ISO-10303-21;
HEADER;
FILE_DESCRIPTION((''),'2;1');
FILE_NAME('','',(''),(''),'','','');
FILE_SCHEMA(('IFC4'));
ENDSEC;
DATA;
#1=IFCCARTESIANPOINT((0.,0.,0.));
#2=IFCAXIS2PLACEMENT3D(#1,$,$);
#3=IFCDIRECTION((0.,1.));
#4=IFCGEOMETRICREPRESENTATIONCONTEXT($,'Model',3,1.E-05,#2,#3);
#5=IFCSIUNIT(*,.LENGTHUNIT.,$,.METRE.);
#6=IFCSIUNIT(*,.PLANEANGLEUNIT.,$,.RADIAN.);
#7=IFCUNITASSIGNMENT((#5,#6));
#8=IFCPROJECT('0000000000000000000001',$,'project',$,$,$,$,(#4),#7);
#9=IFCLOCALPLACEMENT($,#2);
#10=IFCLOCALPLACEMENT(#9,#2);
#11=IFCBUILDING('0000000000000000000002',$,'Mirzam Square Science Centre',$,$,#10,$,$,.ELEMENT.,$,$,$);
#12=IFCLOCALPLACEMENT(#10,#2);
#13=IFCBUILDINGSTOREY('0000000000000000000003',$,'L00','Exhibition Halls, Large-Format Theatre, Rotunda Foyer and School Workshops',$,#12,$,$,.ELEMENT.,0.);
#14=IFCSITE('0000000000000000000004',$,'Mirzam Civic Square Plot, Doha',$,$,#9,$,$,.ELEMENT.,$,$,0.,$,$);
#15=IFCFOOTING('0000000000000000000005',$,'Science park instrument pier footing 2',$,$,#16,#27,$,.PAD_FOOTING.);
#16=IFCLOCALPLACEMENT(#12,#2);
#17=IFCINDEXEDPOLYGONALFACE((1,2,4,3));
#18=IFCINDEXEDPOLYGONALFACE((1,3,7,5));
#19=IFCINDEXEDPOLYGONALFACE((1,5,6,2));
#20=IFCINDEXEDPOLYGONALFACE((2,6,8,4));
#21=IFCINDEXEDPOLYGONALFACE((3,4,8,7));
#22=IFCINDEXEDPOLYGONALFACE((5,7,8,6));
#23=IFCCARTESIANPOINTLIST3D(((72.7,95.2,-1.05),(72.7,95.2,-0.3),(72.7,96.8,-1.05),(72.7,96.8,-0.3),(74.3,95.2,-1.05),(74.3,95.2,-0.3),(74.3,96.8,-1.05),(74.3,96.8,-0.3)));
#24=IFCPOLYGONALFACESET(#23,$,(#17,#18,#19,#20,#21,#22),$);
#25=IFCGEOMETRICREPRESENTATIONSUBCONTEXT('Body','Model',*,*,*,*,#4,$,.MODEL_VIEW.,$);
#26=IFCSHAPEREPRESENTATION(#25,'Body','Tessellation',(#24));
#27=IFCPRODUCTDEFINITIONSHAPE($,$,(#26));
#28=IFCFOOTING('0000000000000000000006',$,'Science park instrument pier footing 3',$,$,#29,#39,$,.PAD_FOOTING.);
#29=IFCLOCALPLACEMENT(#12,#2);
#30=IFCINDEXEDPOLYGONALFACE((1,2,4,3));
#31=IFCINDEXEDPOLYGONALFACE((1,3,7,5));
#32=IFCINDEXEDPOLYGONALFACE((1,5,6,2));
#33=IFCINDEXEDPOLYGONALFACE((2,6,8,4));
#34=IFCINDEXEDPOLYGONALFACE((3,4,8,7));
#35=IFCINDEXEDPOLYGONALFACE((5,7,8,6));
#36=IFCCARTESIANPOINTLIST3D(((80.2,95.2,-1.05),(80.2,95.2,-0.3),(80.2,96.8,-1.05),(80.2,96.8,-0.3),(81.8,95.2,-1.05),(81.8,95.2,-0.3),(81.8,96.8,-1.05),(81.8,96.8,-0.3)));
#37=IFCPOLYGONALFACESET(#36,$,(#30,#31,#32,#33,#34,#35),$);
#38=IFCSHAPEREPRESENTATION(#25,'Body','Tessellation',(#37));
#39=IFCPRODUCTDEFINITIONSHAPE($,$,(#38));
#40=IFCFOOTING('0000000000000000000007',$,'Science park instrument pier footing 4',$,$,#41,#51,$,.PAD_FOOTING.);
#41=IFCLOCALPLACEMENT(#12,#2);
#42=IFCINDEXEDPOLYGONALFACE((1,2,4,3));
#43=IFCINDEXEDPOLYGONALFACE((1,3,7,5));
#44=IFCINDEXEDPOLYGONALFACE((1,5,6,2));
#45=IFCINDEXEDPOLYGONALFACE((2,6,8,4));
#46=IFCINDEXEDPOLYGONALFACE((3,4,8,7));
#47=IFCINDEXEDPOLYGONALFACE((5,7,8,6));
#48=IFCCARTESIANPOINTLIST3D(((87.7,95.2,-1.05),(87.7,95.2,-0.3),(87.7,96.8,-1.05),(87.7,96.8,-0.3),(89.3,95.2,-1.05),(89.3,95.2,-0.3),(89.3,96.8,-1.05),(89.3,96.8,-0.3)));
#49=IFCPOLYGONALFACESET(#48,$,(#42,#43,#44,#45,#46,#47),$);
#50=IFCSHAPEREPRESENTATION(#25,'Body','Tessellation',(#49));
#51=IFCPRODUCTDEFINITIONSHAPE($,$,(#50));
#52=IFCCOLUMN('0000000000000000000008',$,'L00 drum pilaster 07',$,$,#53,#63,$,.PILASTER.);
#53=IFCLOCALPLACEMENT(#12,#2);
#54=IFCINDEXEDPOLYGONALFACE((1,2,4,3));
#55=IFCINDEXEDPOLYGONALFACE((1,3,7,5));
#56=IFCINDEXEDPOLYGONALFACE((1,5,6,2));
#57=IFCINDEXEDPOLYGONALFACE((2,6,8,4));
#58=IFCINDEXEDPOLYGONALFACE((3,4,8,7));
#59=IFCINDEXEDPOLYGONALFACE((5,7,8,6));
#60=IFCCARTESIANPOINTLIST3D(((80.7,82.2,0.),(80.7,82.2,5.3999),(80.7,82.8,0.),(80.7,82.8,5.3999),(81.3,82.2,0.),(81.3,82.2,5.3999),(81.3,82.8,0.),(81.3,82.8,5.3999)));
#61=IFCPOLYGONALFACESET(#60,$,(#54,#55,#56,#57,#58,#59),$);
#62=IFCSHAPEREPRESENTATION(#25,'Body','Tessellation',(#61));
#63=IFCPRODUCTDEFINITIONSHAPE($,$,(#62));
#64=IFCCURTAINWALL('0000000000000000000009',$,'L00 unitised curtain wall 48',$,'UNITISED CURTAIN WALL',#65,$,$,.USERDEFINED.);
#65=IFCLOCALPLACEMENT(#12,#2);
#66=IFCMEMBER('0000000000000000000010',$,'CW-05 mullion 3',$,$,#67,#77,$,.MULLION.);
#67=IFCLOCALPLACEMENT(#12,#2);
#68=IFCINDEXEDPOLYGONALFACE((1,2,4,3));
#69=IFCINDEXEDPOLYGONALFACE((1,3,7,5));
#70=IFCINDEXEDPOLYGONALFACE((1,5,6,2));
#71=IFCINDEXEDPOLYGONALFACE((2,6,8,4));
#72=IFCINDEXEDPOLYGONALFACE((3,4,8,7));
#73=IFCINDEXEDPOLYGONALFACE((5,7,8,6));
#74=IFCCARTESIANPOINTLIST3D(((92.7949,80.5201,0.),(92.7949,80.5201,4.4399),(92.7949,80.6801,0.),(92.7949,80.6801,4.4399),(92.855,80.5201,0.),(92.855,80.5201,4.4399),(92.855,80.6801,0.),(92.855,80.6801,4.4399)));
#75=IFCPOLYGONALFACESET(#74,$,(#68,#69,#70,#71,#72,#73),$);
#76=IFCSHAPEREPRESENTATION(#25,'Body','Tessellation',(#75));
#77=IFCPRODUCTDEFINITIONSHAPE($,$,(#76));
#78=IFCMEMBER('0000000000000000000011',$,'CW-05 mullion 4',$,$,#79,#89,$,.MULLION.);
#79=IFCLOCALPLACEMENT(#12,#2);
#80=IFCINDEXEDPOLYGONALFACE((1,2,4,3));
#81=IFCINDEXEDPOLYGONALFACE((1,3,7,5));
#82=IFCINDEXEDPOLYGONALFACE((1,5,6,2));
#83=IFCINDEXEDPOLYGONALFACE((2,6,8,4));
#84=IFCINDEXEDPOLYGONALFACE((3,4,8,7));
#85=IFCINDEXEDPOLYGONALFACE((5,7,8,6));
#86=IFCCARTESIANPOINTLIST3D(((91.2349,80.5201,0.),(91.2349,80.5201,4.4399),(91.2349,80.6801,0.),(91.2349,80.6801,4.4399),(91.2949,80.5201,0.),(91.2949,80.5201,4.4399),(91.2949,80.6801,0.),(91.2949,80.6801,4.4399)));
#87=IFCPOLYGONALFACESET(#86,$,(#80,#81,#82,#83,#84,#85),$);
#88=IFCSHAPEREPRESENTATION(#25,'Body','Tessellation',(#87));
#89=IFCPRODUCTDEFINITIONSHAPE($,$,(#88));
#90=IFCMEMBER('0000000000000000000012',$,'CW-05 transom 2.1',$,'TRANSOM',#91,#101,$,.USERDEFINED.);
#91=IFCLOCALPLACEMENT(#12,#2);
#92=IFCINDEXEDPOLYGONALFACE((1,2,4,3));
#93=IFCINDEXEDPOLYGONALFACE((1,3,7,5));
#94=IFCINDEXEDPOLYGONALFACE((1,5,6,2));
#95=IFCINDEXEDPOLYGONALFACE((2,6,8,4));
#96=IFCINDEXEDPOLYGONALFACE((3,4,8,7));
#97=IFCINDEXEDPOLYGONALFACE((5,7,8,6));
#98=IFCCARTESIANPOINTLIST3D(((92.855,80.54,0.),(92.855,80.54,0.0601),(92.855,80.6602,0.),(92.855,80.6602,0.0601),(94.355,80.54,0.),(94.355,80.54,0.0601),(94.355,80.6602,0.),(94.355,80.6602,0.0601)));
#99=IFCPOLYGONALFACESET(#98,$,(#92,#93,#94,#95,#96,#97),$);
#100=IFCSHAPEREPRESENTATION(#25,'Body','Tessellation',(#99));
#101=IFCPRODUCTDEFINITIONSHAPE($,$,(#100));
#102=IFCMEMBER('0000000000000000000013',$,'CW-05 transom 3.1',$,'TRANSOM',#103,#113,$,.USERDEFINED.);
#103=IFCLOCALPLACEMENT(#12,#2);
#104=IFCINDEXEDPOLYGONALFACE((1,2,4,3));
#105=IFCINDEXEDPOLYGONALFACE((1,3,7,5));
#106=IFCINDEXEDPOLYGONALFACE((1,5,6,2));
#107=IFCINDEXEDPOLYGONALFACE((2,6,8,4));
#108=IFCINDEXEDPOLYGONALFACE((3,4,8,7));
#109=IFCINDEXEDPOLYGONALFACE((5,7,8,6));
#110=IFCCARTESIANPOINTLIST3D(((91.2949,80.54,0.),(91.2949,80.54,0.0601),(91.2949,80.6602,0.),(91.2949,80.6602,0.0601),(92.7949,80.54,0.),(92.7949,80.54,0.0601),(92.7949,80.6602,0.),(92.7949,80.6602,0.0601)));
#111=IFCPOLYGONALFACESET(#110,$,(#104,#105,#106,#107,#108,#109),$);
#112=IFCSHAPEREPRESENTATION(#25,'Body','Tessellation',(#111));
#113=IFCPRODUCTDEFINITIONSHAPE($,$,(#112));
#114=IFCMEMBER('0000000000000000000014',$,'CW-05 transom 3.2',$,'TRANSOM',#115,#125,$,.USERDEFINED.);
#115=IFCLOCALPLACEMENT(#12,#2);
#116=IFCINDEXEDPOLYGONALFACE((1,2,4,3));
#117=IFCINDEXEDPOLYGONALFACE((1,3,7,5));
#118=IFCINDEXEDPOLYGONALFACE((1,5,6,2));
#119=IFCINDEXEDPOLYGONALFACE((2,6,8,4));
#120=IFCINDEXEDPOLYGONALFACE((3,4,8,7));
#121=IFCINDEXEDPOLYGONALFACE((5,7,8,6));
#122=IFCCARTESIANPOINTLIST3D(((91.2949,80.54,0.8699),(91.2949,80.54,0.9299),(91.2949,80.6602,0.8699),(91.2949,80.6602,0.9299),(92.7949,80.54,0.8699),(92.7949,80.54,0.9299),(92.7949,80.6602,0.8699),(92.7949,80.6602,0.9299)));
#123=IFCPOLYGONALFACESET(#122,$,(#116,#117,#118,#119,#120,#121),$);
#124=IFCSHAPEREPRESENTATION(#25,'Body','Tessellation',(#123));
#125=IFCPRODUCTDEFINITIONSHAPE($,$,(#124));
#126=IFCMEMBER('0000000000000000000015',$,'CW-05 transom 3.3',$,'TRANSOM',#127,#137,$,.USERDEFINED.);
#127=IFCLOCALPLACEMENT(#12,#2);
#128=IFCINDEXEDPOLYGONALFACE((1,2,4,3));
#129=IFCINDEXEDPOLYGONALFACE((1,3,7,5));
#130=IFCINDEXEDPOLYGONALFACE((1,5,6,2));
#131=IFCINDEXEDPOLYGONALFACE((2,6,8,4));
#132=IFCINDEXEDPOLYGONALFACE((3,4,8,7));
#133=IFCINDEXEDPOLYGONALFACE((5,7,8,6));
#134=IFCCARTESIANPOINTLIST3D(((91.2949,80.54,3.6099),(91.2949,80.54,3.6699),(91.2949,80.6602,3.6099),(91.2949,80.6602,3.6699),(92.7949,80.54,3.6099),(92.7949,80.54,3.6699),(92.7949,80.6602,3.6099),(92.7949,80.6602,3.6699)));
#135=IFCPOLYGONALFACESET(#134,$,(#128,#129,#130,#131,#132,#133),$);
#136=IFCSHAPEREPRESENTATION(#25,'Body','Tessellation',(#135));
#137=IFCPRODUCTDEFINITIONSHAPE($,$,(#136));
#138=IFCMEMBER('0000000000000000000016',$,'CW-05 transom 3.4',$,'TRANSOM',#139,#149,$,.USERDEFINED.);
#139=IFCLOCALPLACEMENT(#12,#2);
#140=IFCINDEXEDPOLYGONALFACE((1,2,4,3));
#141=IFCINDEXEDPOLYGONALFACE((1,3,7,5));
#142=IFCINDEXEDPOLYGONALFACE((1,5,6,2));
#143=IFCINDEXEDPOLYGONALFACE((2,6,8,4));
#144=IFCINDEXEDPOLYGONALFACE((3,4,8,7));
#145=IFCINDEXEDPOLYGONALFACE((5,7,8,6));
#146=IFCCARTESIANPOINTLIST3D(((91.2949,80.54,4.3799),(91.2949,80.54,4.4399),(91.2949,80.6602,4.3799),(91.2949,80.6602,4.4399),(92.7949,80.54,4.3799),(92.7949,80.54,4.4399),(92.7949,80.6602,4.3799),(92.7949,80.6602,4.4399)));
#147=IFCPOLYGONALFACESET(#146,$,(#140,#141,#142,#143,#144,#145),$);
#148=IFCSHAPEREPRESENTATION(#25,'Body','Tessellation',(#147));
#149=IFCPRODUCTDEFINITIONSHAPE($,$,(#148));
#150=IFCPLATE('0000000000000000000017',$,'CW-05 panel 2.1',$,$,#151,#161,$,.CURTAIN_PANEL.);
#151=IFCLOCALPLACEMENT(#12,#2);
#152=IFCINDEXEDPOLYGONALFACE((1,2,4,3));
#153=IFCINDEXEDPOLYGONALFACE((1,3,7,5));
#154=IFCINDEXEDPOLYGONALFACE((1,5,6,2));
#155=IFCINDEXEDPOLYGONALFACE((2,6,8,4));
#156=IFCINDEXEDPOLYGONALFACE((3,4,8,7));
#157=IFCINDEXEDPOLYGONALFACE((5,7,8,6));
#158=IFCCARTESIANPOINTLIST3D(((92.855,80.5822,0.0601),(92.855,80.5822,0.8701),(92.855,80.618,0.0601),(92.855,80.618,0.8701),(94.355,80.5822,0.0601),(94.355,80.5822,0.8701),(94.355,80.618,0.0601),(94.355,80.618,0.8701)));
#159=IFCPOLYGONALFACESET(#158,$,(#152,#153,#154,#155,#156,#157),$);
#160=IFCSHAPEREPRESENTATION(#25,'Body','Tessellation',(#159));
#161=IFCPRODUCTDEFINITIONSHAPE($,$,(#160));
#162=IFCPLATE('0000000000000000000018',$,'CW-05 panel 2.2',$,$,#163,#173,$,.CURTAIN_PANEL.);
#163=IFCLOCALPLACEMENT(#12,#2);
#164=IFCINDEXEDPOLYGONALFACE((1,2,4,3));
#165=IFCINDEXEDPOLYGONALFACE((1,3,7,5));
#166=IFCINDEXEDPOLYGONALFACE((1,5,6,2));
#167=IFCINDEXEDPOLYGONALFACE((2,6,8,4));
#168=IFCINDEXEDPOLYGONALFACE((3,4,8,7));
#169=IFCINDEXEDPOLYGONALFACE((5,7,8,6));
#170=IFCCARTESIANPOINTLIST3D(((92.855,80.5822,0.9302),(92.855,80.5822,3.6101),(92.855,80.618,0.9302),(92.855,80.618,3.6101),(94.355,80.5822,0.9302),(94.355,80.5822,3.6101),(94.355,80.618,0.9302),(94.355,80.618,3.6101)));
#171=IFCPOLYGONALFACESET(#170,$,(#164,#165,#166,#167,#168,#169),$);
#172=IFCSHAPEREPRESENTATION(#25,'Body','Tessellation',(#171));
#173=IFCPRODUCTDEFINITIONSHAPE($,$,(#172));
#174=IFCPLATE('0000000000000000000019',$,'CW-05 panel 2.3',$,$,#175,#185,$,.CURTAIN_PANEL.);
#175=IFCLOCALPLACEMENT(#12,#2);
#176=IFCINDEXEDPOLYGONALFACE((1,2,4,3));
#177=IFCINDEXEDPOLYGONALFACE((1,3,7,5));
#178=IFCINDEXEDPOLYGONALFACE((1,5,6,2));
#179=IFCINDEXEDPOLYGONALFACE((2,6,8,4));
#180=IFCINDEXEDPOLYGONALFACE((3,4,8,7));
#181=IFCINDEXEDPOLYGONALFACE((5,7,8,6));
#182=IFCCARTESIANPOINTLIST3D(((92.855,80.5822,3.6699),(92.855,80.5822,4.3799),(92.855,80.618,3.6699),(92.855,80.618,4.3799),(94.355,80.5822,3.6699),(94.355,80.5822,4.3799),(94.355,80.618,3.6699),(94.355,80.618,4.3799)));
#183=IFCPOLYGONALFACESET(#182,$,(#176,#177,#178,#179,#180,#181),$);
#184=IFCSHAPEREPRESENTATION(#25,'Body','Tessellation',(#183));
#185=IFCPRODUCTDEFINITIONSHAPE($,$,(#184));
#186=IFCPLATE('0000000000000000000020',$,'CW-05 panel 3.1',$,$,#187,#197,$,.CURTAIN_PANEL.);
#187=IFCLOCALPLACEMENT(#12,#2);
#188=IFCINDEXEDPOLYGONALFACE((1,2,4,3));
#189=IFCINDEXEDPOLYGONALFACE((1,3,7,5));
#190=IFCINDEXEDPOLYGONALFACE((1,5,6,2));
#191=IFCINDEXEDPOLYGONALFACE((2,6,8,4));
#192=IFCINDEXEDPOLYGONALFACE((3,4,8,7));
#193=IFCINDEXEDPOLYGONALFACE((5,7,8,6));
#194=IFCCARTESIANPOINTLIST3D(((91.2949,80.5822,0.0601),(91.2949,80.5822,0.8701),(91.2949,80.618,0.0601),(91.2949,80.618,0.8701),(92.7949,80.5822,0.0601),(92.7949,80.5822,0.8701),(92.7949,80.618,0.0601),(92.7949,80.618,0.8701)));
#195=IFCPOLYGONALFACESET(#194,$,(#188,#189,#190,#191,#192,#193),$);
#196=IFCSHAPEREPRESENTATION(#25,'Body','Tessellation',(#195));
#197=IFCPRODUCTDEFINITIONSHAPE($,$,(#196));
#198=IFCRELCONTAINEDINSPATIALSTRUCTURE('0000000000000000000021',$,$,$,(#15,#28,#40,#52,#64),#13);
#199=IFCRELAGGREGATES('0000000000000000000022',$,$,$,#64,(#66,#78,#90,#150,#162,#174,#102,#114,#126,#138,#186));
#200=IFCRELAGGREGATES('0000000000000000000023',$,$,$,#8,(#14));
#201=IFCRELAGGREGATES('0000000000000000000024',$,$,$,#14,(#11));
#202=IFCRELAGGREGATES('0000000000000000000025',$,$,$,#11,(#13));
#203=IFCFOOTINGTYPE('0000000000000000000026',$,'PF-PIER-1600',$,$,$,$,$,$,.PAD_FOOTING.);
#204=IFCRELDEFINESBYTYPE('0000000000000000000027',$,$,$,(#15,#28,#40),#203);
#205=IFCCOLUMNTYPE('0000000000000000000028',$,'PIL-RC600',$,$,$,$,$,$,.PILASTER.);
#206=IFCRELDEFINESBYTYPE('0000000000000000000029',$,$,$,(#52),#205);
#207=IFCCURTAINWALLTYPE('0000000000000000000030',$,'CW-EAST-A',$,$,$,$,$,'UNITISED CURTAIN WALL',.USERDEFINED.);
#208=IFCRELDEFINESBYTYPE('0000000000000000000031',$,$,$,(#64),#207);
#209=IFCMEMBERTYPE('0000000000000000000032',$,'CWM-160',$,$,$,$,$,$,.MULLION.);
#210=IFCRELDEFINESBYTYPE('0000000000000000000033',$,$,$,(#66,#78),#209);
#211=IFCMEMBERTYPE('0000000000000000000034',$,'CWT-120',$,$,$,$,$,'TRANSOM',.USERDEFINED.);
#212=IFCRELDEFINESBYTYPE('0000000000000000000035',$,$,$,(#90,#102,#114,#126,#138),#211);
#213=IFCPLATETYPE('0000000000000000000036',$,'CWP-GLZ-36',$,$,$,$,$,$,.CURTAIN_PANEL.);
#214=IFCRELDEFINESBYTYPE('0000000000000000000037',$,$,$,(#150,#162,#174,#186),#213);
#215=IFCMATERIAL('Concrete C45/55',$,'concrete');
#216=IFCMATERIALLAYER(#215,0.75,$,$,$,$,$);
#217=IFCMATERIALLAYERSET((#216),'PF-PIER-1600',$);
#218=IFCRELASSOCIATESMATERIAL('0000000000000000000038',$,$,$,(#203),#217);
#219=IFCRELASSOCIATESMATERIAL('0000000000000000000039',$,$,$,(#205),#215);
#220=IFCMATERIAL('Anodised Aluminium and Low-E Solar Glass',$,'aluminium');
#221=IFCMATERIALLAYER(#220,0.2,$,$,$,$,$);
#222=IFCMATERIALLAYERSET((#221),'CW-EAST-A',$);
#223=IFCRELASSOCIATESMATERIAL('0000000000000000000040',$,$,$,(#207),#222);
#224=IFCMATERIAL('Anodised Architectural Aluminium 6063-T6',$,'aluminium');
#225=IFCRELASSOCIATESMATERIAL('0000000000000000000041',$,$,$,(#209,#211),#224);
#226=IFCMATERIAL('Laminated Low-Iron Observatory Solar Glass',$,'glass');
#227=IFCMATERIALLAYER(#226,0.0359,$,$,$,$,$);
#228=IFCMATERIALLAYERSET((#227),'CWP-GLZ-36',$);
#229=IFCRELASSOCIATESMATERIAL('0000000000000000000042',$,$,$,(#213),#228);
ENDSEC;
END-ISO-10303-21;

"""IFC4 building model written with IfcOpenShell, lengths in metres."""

from ifc_helpers import new_model, si_unit, direction, frame, origin, origin_2d, place, context, subcontext, project, spatial, rectangle, extrude, material, layer, layer_set, material_profile, profile_set, type_object, element, aggregate, save


model = new_model("IFC4")

# Units and contexts
model_context = context("Model", 3, precision=1e-05, world=origin(), true_north=direction((0.0, 1.0)))
body_context = subcontext(model_context, "Body", "Model", "MODEL_VIEW")
ifc_project = project(units=[si_unit("LENGTHUNIT", "METRE"), si_unit("PLANEANGLEUNIT", "RADIAN")], contexts=[model_context])

# Site, building, storey
site_placement = place(None, origin())
site = spatial("IfcSite", under=ifc_project, at=site_placement, Name="Mirzam Civic Square Plot, Doha", CompositionType="ELEMENT", RefElevation=0.0)
building_placement = place(site_placement, origin())
building = spatial("IfcBuilding", under=site, at=building_placement, Name="Mirzam Square Science Centre", CompositionType="ELEMENT")
storey_placement = place(building_placement, origin())
storey = spatial("IfcBuildingStorey", under=building, at=storey_placement, Name="L00", Description="Exhibition Halls, Large-Format Theatre, Rotunda Foyer and School Workshops", CompositionType="ELEMENT", Elevation=0.0)

# Footings
ifc_material_1 = material(Name="Concrete C45/55", Category="concrete")
ifc_layer_1 = layer(ifc_material_1, 0.75)
ifc_layer_set_1 = layer_set([ifc_layer_1], Name="PF-PIER-1600")
footing_type = type_object("IfcFootingType", Name="PF-PIER-1600", PredefinedType="PAD_FOOTING", material=ifc_layer_set_1)
for number, where, z_axis, x_axis, name in (
    (1, (73.5, 96.0, -1.05), (0.0, 0.0, 1.0), (1.0, 0.0, 0.0), "Science park instrument pier footing 2"),
    (2, (81.0, 96.0, -1.05), (0.0, 0.0, 1.0), (1.0, 0.0, 0.0), "Science park instrument pier footing 3"),
    (3, (88.5, 96.0, -1.05), (0.0, 0.0, 1.0), (1.0, 0.0, 0.0), "Science park instrument pier footing 4"),
):
    element("IfcFooting", number, at=place(storey_placement, frame(where, z_axis=z_axis, x_axis=x_axis)), inside=storey, type_object=footing_type, Name=name, PredefinedType="PAD_FOOTING", context=body_context, shape_type="SweptSolid", body=[
        extrude(rectangle(XDim=1.6001, YDim=1.6001, at=origin_2d()), origin(), (0.0, 0.0, 1.0), 0.75),
    ])

# Column
ifc_material_profile_1 = material_profile(ifc_material_1, rectangle(XDim=0.6001, YDim=0.6001, at=origin_2d()), Name="RC600x600")
ifc_profile_set_1 = profile_set([ifc_material_profile_1], Name="Concrete C45/55")
column_type = type_object("IfcColumnType", Name="PIL-RC600", PredefinedType="PILASTER", material=ifc_profile_set_1)
column_placement = place(storey_placement, frame((81.0, 82.5, 0.0), z_axis=(0.0, 0.0, 1.0), x_axis=(1.0, 0.0, 0.0)))
element("IfcColumn", 4, at=column_placement, inside=storey, type_object=column_type, Name="L00 drum pilaster 07", PredefinedType="PILASTER", context=body_context, shape_type="SweptSolid", body=[
    extrude(rectangle(XDim=0.6001, YDim=0.6001, at=origin_2d()), origin(), (0.0, 0.0, 1.0), 5.3999),
])

# Curtain wall, members, plates
ifc_material_2 = material(Name="Anodised Aluminium and Low-E Solar Glass", Category="aluminium")
ifc_layer_2 = layer(ifc_material_2, 0.2)
ifc_layer_set_2 = layer_set([ifc_layer_2], Name="CW-EAST-A")
curtain_wall_type = type_object("IfcCurtainWallType", Name="CW-EAST-A", ElementType="UNITISED CURTAIN WALL", PredefinedType="USERDEFINED", material=ifc_layer_set_2)
curtain_wall_placement = place(storey_placement, origin())
curtain_wall = element("IfcCurtainWall", 5, at=curtain_wall_placement, inside=storey, type_object=curtain_wall_type, Name="L00 unitised curtain wall 48", ObjectType="UNITISED CURTAIN WALL", PredefinedType="USERDEFINED")
ifc_material_3 = material(Name="Anodised Architectural Aluminium 6063-T6", Category="aluminium")
ifc_material_profile_2 = material_profile(ifc_material_3, rectangle(XDim=0.0601, YDim=0.1599, at=origin_2d()), Name="ALU-MULL-160x60x4")
ifc_profile_set_2 = profile_set([ifc_material_profile_2], Name="Anodised Architectural Aluminium 6063-T6")
member_type_1 = type_object("IfcMemberType", Name="CWM-160", PredefinedType="MULLION", material=ifc_profile_set_2)
member_1_placement = place(storey_placement, frame((92.825, 80.6001, 0.0), z_axis=(0.0, 0.0, 1.0), x_axis=(-1.0, 0.0, 0.0)))
member_1 = element("IfcMember", 6, at=member_1_placement, type_object=member_type_1, Name="CW-05 mullion 3", PredefinedType="MULLION", context=body_context, shape_type="SweptSolid", body=[
    extrude(rectangle(XDim=0.0601, YDim=0.1599, at=origin_2d()), origin(), (0.0, 0.0, 1.0), 4.4399),
])
member_2_placement = place(storey_placement, frame((91.2649, 80.6001, 0.0), z_axis=(0.0, 0.0, 1.0), x_axis=(-1.0, 0.0, 0.0)))
member_2 = element("IfcMember", 7, at=member_2_placement, type_object=member_type_1, Name="CW-05 mullion 4", PredefinedType="MULLION", context=body_context, shape_type="SweptSolid", body=[
    extrude(rectangle(XDim=0.0601, YDim=0.1599, at=origin_2d()), origin(), (0.0, 0.0, 1.0), 4.4399),
])
ifc_material_profile_3 = material_profile(ifc_material_3, rectangle(XDim=0.1201, YDim=0.0601, at=origin_2d()), Name="ALU-TRAN-120x60x4")
ifc_profile_set_3 = profile_set([ifc_material_profile_3], Name="Anodised Architectural Aluminium 6063-T6")
member_type_2 = type_object("IfcMemberType", Name="CWT-120", ElementType="TRANSOM", PredefinedType="USERDEFINED", material=ifc_profile_set_3)
member_3_placement = place(storey_placement, frame((94.355, 80.6001, 0.03), z_axis=(-1.0, 0.0, 0.0), x_axis=(0.0, -1.0, 0.0)))
member_3 = element("IfcMember", 8, at=member_3_placement, type_object=member_type_2, Name="CW-05 transom 2.1", ObjectType="TRANSOM", PredefinedType="USERDEFINED", context=body_context, shape_type="SweptSolid", body=[
    extrude(rectangle(XDim=0.1201, YDim=0.0601, at=origin_2d()), origin(), (0.0, 0.0, 1.0), 1.5),
])
member_4_placement = place(storey_placement, frame((92.7949, 80.6001, 0.03), z_axis=(-1.0, 0.0, 0.0), x_axis=(0.0, -1.0, 0.0)))
member_4 = element("IfcMember", 9, at=member_4_placement, type_object=member_type_2, Name="CW-05 transom 3.1", ObjectType="TRANSOM", PredefinedType="USERDEFINED", context=body_context, shape_type="SweptSolid", body=[
    extrude(rectangle(XDim=0.1201, YDim=0.0601, at=origin_2d()), origin(), (0.0, 0.0, 1.0), 1.5),
])
member_5_placement = place(storey_placement, frame((92.7949, 80.6001, 0.8999), z_axis=(-1.0, 0.0, 0.0), x_axis=(0.0, -1.0, 0.0)))
member_5 = element("IfcMember", 10, at=member_5_placement, type_object=member_type_2, Name="CW-05 transom 3.2", ObjectType="TRANSOM", PredefinedType="USERDEFINED", context=body_context, shape_type="SweptSolid", body=[
    extrude(rectangle(XDim=0.1201, YDim=0.0601, at=origin_2d()), origin(), (0.0, 0.0, 1.0), 1.5),
])
member_6_placement = place(storey_placement, frame((92.7949, 80.6001, 3.6399), z_axis=(-1.0, 0.0, 0.0), x_axis=(0.0, -1.0, 0.0)))
member_6 = element("IfcMember", 11, at=member_6_placement, type_object=member_type_2, Name="CW-05 transom 3.3", ObjectType="TRANSOM", PredefinedType="USERDEFINED", context=body_context, shape_type="SweptSolid", body=[
    extrude(rectangle(XDim=0.1201, YDim=0.0601, at=origin_2d()), origin(), (0.0, 0.0, 1.0), 1.5),
])
member_7_placement = place(storey_placement, frame((92.7949, 80.6001, 4.4099), z_axis=(-1.0, 0.0, 0.0), x_axis=(0.0, -1.0, 0.0)))
member_7 = element("IfcMember", 12, at=member_7_placement, type_object=member_type_2, Name="CW-05 transom 3.4", ObjectType="TRANSOM", PredefinedType="USERDEFINED", context=body_context, shape_type="SweptSolid", body=[
    extrude(rectangle(XDim=0.1201, YDim=0.0601, at=origin_2d()), origin(), (0.0, 0.0, 1.0), 1.5),
])
ifc_material_4 = material(Name="Laminated Low-Iron Observatory Solar Glass", Category="glass")
ifc_layer_3 = layer(ifc_material_4, 0.0359)
ifc_layer_set_3 = layer_set([ifc_layer_3], Name="CWP-GLZ-36")
plate_type = type_object("IfcPlateType", Name="CWP-GLZ-36", PredefinedType="CURTAIN_PANEL", material=ifc_layer_set_3)
plate_1_placement = place(storey_placement, frame((93.605, 80.6001, 0.0601), z_axis=(0.0, 0.0, 1.0), x_axis=(-1.0, 0.0, 0.0)))
plate_1 = element("IfcPlate", 13, at=plate_1_placement, type_object=plate_type, Name="CW-05 panel 2.1", PredefinedType="CURTAIN_PANEL", context=body_context, shape_type="SweptSolid", body=[
    extrude(rectangle(XDim=1.5, YDim=0.0359, at=origin_2d()), origin(), (0.0, 0.0, 1.0), 0.8101),
])
plate_2_placement = place(storey_placement, frame((93.605, 80.6001, 0.9302), z_axis=(0.0, 0.0, 1.0), x_axis=(-1.0, 0.0, 0.0)))
plate_2 = element("IfcPlate", 14, at=plate_2_placement, type_object=plate_type, Name="CW-05 panel 2.2", PredefinedType="CURTAIN_PANEL", context=body_context, shape_type="SweptSolid", body=[
    extrude(rectangle(XDim=1.5, YDim=0.0359, at=origin_2d()), origin(), (0.0, 0.0, 1.0), 2.6799),
])
plate_3_placement = place(storey_placement, frame((93.605, 80.6001, 3.6699), z_axis=(0.0, 0.0, 1.0), x_axis=(-1.0, 0.0, 0.0)))
plate_3 = element("IfcPlate", 15, at=plate_3_placement, type_object=plate_type, Name="CW-05 panel 2.3", PredefinedType="CURTAIN_PANEL", context=body_context, shape_type="SweptSolid", body=[
    extrude(rectangle(XDim=1.5, YDim=0.0359, at=origin_2d()), origin(), (0.0, 0.0, 1.0), 0.71),
])
plate_4_placement = place(storey_placement, frame((92.0449, 80.6001, 0.0601), z_axis=(0.0, 0.0, 1.0), x_axis=(-1.0, 0.0, 0.0)))
plate_4 = element("IfcPlate", 16, at=plate_4_placement, type_object=plate_type, Name="CW-05 panel 3.1", PredefinedType="CURTAIN_PANEL", context=body_context, shape_type="SweptSolid", body=[
    extrude(rectangle(XDim=1.5, YDim=0.0359, at=origin_2d()), origin(), (0.0, 0.0, 1.0), 0.8101),
])
aggregate(curtain_wall, [member_1, member_2, member_3, plate_1, plate_2, plate_3, member_4, member_5, member_6, member_7, plate_4])

save(model, "model.ifc")
